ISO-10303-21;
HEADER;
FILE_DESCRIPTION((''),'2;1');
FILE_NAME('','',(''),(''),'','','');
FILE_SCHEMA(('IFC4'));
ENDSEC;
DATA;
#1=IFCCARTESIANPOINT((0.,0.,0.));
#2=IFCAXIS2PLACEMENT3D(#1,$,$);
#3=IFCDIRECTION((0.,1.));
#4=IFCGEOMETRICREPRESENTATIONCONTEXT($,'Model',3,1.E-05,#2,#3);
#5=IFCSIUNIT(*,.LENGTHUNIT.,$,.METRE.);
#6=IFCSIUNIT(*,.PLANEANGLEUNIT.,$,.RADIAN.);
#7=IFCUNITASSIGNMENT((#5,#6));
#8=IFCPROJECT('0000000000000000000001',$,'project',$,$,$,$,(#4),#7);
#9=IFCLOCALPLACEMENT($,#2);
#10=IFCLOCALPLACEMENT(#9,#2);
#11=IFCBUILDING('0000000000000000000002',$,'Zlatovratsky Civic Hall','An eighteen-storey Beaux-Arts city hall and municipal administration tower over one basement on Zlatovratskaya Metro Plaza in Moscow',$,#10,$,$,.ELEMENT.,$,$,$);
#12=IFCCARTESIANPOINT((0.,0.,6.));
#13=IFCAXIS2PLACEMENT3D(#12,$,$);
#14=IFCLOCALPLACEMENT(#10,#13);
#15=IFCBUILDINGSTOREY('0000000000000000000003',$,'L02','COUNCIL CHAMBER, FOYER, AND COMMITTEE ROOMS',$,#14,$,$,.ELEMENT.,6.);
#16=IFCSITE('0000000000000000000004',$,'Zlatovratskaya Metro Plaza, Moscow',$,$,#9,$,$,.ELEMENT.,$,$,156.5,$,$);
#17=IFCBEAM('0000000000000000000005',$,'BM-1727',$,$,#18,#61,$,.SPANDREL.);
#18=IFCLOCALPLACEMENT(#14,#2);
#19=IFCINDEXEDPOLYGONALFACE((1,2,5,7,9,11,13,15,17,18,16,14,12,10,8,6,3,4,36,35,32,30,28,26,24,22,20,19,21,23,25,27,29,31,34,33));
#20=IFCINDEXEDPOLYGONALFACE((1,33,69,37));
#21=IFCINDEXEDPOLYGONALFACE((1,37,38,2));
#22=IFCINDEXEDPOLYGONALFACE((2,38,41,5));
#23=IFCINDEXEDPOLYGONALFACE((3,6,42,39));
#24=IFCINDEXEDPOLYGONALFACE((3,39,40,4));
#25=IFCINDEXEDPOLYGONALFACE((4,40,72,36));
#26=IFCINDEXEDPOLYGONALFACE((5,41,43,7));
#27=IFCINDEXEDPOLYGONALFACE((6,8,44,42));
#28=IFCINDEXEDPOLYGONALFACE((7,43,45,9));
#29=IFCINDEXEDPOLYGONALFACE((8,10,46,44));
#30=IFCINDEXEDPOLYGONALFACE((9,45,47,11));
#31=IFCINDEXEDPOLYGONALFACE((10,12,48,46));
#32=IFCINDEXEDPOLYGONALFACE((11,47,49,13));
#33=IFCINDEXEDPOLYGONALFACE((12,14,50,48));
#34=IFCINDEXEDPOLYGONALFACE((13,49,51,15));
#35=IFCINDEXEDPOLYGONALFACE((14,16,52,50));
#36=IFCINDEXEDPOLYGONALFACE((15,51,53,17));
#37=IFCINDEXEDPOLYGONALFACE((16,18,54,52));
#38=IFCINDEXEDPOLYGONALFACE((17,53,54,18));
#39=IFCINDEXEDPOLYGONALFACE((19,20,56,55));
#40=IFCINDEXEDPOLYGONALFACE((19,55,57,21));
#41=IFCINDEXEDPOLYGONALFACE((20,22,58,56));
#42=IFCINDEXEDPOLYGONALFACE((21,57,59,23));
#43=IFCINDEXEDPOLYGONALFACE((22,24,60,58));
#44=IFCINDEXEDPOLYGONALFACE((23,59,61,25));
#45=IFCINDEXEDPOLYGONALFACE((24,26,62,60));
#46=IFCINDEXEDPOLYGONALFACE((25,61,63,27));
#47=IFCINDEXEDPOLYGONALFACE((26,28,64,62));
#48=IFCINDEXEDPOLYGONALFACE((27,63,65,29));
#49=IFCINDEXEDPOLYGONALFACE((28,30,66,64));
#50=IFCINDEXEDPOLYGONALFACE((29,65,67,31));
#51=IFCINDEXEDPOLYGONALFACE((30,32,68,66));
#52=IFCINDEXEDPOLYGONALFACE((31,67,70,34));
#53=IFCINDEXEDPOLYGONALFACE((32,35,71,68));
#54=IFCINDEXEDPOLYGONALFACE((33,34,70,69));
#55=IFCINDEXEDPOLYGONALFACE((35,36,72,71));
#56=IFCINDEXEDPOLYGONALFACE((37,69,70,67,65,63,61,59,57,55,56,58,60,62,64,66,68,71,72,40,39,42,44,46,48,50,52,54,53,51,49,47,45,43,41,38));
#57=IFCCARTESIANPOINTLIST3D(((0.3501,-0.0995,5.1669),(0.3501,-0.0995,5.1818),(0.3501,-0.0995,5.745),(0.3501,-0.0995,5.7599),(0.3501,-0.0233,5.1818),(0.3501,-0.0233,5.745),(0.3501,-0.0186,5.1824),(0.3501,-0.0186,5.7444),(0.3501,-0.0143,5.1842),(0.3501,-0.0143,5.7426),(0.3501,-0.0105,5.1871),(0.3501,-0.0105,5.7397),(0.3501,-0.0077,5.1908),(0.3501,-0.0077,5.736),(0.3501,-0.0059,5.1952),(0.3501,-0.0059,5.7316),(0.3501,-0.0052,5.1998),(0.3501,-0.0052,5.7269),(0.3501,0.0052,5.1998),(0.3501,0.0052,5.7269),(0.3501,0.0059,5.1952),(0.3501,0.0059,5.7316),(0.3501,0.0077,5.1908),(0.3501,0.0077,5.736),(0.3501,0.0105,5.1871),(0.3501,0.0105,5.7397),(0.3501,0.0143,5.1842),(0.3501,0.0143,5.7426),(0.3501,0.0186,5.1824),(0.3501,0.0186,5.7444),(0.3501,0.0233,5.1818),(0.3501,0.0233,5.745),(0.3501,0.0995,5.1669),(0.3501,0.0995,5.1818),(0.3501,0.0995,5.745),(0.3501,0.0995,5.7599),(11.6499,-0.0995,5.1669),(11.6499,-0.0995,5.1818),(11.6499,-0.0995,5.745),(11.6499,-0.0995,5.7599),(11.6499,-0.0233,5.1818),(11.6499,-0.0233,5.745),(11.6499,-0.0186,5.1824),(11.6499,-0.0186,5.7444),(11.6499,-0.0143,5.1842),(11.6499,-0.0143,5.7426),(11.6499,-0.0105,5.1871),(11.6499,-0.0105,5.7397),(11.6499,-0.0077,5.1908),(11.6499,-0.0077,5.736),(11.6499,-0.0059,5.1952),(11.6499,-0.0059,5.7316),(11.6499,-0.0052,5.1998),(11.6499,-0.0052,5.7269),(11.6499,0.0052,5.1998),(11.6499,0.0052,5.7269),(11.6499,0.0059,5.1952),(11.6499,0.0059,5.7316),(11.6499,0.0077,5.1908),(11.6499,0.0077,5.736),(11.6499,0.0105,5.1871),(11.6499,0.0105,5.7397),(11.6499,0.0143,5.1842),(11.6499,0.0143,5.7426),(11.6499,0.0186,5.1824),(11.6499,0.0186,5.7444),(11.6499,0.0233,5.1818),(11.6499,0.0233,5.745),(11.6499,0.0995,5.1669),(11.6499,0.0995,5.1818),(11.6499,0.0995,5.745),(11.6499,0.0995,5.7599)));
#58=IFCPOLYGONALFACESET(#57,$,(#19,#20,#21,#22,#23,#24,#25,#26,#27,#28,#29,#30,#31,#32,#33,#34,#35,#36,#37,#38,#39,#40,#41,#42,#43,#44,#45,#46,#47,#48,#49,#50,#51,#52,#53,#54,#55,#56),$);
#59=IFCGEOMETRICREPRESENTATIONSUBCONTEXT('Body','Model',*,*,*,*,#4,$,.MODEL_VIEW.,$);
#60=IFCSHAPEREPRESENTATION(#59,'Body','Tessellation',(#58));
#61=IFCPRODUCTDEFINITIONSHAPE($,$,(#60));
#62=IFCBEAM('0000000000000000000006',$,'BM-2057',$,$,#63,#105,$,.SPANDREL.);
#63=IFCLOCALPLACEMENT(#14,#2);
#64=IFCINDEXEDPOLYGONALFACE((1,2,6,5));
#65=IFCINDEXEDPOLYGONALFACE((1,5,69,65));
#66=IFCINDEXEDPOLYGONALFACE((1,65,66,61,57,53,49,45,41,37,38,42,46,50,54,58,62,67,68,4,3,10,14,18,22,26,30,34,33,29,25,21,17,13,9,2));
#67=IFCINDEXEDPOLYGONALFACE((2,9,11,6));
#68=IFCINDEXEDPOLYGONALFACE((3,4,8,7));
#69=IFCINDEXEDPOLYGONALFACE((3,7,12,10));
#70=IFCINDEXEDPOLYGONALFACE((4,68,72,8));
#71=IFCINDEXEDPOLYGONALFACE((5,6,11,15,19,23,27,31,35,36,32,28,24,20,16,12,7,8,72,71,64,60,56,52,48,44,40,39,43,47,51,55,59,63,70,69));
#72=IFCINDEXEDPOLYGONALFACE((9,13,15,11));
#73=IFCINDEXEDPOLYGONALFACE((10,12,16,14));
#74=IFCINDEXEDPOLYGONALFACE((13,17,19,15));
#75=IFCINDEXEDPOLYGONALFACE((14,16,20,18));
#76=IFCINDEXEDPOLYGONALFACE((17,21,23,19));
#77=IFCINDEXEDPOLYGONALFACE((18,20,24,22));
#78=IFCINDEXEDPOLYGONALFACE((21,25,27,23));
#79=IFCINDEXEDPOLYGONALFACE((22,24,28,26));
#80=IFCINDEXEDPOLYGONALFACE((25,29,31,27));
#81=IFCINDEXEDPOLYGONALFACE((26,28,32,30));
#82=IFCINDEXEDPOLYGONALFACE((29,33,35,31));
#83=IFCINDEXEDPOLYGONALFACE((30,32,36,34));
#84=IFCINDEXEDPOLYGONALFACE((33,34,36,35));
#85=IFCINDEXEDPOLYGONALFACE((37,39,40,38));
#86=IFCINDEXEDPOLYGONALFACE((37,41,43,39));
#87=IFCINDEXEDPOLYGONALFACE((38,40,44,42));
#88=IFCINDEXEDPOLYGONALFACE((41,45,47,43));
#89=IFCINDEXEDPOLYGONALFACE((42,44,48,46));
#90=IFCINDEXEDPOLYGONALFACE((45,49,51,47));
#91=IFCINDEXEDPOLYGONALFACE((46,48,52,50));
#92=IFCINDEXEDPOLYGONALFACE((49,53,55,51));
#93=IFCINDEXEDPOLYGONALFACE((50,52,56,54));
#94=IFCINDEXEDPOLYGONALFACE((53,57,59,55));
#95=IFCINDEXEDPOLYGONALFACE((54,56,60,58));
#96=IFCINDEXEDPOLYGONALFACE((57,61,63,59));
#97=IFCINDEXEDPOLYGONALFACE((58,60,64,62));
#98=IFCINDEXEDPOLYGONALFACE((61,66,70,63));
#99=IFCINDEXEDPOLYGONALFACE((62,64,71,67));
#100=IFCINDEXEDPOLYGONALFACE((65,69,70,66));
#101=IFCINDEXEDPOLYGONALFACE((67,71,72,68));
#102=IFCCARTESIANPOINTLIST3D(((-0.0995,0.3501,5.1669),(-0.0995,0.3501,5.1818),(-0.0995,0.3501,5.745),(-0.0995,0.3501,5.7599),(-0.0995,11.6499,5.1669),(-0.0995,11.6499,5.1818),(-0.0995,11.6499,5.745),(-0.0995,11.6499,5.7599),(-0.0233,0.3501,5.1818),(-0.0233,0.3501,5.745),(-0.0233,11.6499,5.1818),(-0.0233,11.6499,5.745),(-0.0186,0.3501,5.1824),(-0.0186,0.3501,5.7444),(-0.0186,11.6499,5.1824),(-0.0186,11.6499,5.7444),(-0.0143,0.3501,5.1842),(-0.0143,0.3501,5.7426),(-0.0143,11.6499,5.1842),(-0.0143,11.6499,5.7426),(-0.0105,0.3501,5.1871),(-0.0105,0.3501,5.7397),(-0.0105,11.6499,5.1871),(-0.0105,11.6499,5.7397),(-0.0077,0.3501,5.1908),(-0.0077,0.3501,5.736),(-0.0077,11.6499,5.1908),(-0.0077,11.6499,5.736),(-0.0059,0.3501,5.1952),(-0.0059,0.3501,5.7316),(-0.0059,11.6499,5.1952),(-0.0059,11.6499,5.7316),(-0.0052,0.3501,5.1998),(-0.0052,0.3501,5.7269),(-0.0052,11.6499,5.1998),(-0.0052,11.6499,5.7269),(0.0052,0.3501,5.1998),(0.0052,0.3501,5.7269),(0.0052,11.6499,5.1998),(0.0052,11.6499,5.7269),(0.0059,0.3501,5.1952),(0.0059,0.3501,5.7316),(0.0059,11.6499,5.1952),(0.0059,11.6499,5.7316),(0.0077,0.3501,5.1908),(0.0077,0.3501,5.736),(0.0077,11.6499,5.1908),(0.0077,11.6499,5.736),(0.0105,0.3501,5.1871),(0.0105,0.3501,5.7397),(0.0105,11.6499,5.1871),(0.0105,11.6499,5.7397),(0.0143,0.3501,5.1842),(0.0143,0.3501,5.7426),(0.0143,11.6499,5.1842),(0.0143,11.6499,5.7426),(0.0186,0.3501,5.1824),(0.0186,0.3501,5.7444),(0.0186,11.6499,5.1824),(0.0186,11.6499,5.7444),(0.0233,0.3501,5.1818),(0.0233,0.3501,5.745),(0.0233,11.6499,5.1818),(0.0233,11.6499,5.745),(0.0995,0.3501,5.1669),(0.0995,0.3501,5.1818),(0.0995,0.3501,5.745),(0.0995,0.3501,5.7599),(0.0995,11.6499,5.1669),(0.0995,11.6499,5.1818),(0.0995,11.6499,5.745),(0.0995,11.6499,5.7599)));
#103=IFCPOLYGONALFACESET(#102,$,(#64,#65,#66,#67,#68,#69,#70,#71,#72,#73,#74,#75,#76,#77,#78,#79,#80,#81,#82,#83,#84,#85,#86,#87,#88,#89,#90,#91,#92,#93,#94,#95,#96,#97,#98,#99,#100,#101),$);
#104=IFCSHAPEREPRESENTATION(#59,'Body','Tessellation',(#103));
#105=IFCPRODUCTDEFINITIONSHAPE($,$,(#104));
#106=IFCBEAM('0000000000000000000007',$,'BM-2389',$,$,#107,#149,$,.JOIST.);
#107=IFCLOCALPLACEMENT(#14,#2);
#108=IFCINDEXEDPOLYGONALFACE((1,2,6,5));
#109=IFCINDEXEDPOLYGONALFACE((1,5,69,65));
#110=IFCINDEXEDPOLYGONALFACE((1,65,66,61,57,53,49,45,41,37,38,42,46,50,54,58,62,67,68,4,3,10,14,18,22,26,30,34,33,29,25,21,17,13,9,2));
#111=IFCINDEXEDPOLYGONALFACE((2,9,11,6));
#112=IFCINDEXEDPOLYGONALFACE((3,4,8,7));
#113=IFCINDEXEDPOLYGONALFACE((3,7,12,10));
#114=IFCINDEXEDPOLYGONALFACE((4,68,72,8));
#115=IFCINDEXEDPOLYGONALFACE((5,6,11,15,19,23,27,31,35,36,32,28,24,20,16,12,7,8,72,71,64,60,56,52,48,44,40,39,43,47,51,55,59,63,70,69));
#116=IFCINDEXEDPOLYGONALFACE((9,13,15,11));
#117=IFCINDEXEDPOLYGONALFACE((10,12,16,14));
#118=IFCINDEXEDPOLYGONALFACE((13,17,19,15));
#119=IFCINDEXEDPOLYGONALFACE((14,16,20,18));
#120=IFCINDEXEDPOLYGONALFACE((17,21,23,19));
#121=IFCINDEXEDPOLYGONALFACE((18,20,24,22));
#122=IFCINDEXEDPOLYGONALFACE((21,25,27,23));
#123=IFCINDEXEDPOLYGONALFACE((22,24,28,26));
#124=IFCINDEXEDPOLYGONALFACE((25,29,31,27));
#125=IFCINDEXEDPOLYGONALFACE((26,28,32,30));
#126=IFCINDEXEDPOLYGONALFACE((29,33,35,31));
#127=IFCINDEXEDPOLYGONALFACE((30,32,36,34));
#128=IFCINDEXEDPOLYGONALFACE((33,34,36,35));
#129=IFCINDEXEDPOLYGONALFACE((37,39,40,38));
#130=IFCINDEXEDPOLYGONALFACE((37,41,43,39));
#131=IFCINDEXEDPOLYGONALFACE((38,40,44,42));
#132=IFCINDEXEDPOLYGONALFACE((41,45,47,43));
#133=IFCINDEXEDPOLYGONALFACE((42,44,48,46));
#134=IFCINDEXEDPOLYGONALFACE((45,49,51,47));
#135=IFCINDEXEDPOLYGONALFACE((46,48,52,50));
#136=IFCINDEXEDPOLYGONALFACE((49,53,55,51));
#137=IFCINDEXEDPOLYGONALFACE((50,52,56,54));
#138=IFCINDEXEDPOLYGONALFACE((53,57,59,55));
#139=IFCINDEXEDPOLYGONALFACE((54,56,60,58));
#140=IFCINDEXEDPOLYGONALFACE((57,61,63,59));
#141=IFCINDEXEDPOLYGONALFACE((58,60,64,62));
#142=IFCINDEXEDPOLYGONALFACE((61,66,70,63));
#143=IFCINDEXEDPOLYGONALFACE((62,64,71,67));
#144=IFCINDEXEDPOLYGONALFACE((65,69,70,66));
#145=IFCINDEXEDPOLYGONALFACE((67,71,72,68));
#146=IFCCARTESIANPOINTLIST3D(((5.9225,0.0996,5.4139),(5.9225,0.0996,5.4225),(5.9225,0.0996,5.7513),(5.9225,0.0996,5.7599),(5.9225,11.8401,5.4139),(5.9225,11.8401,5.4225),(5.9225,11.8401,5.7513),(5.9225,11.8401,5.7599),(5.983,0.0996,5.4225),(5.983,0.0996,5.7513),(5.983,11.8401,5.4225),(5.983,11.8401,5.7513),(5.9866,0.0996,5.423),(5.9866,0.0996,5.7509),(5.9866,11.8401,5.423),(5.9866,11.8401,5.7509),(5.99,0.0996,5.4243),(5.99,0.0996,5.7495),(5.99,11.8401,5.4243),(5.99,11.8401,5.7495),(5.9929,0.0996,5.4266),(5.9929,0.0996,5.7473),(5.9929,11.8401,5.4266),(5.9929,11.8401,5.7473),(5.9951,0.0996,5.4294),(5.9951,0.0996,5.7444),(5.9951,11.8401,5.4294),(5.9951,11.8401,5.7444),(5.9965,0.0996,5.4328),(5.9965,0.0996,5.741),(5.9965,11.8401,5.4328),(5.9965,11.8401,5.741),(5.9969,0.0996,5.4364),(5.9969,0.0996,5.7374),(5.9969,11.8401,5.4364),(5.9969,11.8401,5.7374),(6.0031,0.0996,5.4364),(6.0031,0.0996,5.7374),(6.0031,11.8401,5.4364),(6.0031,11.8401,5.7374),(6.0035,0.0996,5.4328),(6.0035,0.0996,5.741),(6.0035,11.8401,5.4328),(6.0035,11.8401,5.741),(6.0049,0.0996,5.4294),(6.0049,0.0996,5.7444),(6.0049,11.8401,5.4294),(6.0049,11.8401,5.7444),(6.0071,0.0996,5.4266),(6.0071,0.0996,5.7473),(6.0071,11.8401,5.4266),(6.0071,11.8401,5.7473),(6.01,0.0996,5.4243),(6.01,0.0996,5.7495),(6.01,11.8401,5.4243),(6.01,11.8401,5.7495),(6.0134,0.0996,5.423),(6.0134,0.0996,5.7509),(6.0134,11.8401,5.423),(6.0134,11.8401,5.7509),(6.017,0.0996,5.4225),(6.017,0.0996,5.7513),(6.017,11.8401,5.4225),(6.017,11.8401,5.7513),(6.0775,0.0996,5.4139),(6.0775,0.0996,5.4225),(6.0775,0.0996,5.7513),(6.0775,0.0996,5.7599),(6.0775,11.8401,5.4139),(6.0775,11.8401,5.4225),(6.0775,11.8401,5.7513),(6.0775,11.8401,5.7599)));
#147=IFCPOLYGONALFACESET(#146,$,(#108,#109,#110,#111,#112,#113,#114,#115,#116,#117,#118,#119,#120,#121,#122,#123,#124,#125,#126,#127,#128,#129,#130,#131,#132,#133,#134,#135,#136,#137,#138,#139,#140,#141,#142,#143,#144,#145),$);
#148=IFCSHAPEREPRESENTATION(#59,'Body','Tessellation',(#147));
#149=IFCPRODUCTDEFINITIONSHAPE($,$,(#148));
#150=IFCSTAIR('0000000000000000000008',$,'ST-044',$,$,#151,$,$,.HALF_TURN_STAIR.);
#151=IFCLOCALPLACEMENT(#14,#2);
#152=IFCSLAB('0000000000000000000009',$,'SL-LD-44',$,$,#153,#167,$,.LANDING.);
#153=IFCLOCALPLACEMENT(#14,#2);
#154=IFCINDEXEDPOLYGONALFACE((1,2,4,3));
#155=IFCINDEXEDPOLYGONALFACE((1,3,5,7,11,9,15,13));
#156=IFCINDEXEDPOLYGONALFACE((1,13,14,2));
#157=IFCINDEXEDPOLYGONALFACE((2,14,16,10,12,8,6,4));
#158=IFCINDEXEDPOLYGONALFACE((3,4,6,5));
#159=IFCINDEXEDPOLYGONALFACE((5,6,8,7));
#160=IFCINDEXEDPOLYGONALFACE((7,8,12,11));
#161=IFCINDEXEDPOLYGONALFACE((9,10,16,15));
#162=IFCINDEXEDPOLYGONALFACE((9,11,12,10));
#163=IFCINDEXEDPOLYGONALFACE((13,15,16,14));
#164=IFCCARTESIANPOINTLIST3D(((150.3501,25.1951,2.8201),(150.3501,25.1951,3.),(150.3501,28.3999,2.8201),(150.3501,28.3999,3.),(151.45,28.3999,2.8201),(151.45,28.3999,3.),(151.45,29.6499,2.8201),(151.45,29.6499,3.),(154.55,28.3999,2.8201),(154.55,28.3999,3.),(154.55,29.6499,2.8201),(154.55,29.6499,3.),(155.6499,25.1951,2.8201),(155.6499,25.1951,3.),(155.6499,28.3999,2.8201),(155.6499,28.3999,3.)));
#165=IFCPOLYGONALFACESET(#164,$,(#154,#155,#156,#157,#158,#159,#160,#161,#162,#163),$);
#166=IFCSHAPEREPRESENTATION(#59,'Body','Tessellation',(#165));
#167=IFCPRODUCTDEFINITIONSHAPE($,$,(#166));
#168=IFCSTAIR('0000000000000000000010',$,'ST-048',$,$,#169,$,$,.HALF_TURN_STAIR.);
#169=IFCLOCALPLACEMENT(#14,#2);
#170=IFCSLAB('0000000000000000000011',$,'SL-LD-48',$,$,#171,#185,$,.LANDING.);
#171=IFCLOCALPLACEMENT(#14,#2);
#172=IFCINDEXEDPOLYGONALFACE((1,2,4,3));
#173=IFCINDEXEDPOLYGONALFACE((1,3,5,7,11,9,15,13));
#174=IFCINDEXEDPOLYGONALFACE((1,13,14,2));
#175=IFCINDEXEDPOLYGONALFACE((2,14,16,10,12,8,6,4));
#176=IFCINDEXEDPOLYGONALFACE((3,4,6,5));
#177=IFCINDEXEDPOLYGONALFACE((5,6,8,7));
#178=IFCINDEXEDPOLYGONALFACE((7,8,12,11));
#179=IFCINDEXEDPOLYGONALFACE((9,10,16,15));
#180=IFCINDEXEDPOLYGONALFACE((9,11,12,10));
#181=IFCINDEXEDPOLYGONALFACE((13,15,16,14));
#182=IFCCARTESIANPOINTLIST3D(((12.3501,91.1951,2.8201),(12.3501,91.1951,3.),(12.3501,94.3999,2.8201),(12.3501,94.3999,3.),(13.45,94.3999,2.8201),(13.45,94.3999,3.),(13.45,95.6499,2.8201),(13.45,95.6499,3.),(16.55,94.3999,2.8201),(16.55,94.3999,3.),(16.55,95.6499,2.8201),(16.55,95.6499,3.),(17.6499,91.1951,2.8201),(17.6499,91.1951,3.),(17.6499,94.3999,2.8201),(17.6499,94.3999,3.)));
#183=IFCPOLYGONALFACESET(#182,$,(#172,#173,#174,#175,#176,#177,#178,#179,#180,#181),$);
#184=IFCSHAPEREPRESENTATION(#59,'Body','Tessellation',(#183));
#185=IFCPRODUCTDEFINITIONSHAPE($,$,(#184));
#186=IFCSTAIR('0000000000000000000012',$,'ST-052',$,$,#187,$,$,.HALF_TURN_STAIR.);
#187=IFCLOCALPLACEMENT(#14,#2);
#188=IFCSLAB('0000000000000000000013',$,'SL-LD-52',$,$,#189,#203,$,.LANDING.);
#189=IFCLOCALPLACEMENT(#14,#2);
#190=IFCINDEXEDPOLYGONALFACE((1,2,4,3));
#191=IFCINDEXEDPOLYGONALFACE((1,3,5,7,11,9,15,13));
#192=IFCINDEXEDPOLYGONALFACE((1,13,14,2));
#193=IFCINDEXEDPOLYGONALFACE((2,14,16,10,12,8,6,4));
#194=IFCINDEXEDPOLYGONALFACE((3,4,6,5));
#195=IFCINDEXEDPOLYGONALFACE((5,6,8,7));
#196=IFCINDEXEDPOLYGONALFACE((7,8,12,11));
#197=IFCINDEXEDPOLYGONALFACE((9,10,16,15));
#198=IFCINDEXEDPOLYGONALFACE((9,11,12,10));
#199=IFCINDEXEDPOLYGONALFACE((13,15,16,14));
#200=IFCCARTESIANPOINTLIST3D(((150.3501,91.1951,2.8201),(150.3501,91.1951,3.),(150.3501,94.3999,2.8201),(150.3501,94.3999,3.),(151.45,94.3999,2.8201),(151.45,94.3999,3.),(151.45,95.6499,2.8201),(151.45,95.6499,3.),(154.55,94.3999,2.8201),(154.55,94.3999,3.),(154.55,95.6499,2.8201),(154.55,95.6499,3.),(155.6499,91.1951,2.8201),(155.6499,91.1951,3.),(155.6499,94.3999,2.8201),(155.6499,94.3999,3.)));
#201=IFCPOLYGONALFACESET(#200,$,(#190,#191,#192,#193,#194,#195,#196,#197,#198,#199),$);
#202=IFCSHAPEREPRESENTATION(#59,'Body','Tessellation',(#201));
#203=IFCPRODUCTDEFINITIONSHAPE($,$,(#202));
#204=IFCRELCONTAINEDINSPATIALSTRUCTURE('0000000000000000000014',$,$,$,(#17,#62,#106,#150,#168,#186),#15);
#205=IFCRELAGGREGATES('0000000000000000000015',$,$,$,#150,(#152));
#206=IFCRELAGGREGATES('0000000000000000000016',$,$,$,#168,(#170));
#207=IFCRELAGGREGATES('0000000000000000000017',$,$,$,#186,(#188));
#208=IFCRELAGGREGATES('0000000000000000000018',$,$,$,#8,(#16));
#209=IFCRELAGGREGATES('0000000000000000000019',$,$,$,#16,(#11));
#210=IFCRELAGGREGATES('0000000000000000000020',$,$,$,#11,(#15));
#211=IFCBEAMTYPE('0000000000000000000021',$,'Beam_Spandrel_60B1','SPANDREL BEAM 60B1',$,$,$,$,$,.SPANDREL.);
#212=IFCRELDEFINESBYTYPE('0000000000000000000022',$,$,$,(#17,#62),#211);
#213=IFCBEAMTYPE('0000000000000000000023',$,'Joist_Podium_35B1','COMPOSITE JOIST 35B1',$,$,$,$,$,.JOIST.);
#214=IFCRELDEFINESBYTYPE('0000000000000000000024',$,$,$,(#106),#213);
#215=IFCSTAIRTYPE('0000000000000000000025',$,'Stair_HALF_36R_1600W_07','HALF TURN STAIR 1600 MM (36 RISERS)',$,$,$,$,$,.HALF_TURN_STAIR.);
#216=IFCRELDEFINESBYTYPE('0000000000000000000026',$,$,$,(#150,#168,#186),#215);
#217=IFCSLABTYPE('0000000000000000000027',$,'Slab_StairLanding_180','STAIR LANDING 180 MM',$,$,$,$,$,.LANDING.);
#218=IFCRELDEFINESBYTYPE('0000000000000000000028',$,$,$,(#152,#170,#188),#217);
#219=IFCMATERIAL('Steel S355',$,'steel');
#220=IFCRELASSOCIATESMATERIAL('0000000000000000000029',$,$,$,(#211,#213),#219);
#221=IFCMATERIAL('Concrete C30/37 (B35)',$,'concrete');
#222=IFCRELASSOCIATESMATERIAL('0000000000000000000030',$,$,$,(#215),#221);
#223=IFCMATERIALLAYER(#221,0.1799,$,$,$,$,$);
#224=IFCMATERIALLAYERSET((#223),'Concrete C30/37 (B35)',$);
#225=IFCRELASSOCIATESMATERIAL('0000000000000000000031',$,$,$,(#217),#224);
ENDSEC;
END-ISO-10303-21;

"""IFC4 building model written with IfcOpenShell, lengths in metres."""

from ifc_helpers import new_model, si_unit, direction, frame, origin, origin_2d, place, context, subcontext, project, spatial, polyline, i_section, outline, extrude, material, layer, layer_set, material_profile, profile_set, type_object, element, aggregate, save


model = new_model("IFC4")

# Units and contexts
model_context = context("Model", 3, precision=1e-05, world=origin(), true_north=direction((0.0, 1.0)))
body_context = subcontext(model_context, "Body", "Model", "MODEL_VIEW")
ifc_project = project(units=[si_unit("LENGTHUNIT", "METRE"), si_unit("PLANEANGLEUNIT", "RADIAN")], contexts=[model_context])

# Site, building, storey
site_placement = place(None, origin())
site = spatial("IfcSite", under=ifc_project, at=site_placement, Name="Zlatovratskaya Metro Plaza, Moscow", CompositionType="ELEMENT", RefElevation=156.5)
building_placement = place(site_placement, origin())
building = spatial("IfcBuilding", under=site, at=building_placement, Name="Zlatovratsky Civic Hall", Description="An eighteen-storey Beaux-Arts city hall and municipal administration tower over one basement on Zlatovratskaya Metro Plaza in Moscow", CompositionType="ELEMENT")
storey_placement = place(building_placement, frame((0.0, 0.0, 6.0)))
storey = spatial("IfcBuildingStorey", under=building, at=storey_placement, Name="L02", Description="COUNCIL CHAMBER, FOYER, AND COMMITTEE ROOMS", CompositionType="ELEMENT", Elevation=6.0)

# Beams
ifc_material_1 = material(Name="Steel S355", Category="steel")
ifc_material_profile_1 = material_profile(ifc_material_1, i_section(OverallWidth=0.199, OverallDepth=0.593, WebThickness=0.0105, FlangeThickness=0.0149, FilletRadius=0.0181, at=origin_2d()), Name="60B1")
ifc_profile_set_1 = profile_set([ifc_material_profile_1], Name="Steel S355")
beam_type_1 = type_object("IfcBeamType", Name="Beam_Spandrel_60B1", Description="SPANDREL BEAM 60B1", PredefinedType="SPANDREL", material=ifc_profile_set_1)
for number, where, z_axis, x_axis, name in (
    (1, (0.3501, 0.0, 5.4634), (1.0, 0.0, 0.0), (0.0, 1.0, 0.0), "BM-1727"),
    (2, (0.0, 0.3501, 5.4634), (0.0, 1.0, 0.0), (-1.0, 0.0, 0.0), "BM-2057"),
):
    element("IfcBeam", number, at=place(storey_placement, frame(where, z_axis=z_axis, x_axis=x_axis)), inside=storey, type_object=beam_type_1, Name=name, PredefinedType="SPANDREL", context=body_context, shape_type="SweptSolid", body=[
        extrude(i_section(OverallWidth=0.199, OverallDepth=0.593, WebThickness=0.0105, FlangeThickness=0.0149, FilletRadius=0.0181, at=origin_2d()), origin(), (0.0, 0.0, 1.0), 11.2998),
    ])
ifc_material_profile_2 = material_profile(ifc_material_1, i_section(OverallWidth=0.155, OverallDepth=0.3459, WebThickness=0.0061, FlangeThickness=0.0085, FilletRadius=0.0139, at=origin_2d()), Name="35B1")
ifc_profile_set_2 = profile_set([ifc_material_profile_2], Name="Steel S355")
beam_type_2 = type_object("IfcBeamType", Name="Joist_Podium_35B1", Description="COMPOSITE JOIST 35B1", PredefinedType="JOIST", material=ifc_profile_set_2)
beam_1_placement = place(storey_placement, frame((6.0, 0.0996, 5.5869), z_axis=(0.0, 1.0, 0.0), x_axis=(-1.0, 0.0, 0.0)))
element("IfcBeam", 3, at=beam_1_placement, inside=storey, type_object=beam_type_2, Name="BM-2389", PredefinedType="JOIST", context=body_context, shape_type="SweptSolid", body=[
    extrude(i_section(OverallWidth=0.155, OverallDepth=0.3459, WebThickness=0.0061, FlangeThickness=0.0085, FilletRadius=0.0139, at=origin_2d()), origin(), (0.0, 0.0, 1.0), 11.7405),
])

# Stairs, slabs
ifc_material_2 = material(Name="Concrete C30/37 (B35)", Category="concrete")
stair_type_1 = type_object("IfcStairType", Name="Stair_HALF_36R_1600W_07", Description="HALF TURN STAIR 1600 MM (36 RISERS)", PredefinedType="HALF_TURN_STAIR", material=ifc_material_2)
stair_1_placement = place(storey_placement, origin())
stair_1 = element("IfcStair", 4, at=stair_1_placement, inside=storey, type_object=stair_type_1, Name="ST-044", PredefinedType="HALF_TURN_STAIR")
ifc_layer_1 = layer(ifc_material_2, 0.1799)
ifc_layer_set_1 = layer_set([ifc_layer_1], Name="Concrete C30/37 (B35)")
slab_type = type_object("IfcSlabType", Name="Slab_StairLanding_180", Description="STAIR LANDING 180 MM", PredefinedType="LANDING", material=ifc_layer_set_1)
slab_1_placement = place(storey_placement, frame((0.0, 0.0, 2.8201)))
slab_1 = element("IfcSlab", 5, at=slab_1_placement, type_object=slab_type, Name="SL-LD-44", PredefinedType="LANDING", context=body_context, shape_type="SweptSolid", body=[
    extrude(outline(polyline([(150.3501, 25.1951), (155.6499, 25.1951), (155.6499, 28.3999), (154.55, 28.3999), (154.55, 29.6499), (151.45, 29.6499), (151.45, 28.3999), (150.3501, 28.3999), (150.3501, 25.1951)])), origin(), (0.0, 0.0, 1.0), 0.1799),
])
aggregate(stair_1, [slab_1])
stair_2_placement = place(storey_placement, origin())
stair_2 = element("IfcStair", 6, at=stair_2_placement, inside=storey, type_object=stair_type_1, Name="ST-048", PredefinedType="HALF_TURN_STAIR")
slab_2_placement = place(storey_placement, frame((0.0, 0.0, 2.8201)))
slab_2 = element("IfcSlab", 7, at=slab_2_placement, type_object=slab_type, Name="SL-LD-48", PredefinedType="LANDING", context=body_context, shape_type="SweptSolid", body=[
    extrude(outline(polyline([(12.3501, 91.1951), (17.6499, 91.1951), (17.6499, 94.3999), (16.55, 94.3999), (16.55, 95.6499), (13.45, 95.6499), (13.45, 94.3999), (12.3501, 94.3999), (12.3501, 91.1951)])), origin(), (0.0, 0.0, 1.0), 0.1799),
])
aggregate(stair_2, [slab_2])
stair_3_placement = place(storey_placement, origin())
stair_3 = element("IfcStair", 8, at=stair_3_placement, inside=storey, type_object=stair_type_1, Name="ST-052", PredefinedType="HALF_TURN_STAIR")
slab_3_placement = place(storey_placement, frame((0.0, 0.0, 2.8201)))
slab_3 = element("IfcSlab", 9, at=slab_3_placement, type_object=slab_type, Name="SL-LD-52", PredefinedType="LANDING", context=body_context, shape_type="SweptSolid", body=[
    extrude(outline(polyline([(150.3501, 91.1951), (155.6499, 91.1951), (155.6499, 94.3999), (154.55, 94.3999), (154.55, 95.6499), (151.45, 95.6499), (151.45, 94.3999), (150.3501, 94.3999), (150.3501, 91.1951)])), origin(), (0.0, 0.0, 1.0), 0.1799),
])
aggregate(stair_3, [slab_3])

save(model, "model.ifc")
